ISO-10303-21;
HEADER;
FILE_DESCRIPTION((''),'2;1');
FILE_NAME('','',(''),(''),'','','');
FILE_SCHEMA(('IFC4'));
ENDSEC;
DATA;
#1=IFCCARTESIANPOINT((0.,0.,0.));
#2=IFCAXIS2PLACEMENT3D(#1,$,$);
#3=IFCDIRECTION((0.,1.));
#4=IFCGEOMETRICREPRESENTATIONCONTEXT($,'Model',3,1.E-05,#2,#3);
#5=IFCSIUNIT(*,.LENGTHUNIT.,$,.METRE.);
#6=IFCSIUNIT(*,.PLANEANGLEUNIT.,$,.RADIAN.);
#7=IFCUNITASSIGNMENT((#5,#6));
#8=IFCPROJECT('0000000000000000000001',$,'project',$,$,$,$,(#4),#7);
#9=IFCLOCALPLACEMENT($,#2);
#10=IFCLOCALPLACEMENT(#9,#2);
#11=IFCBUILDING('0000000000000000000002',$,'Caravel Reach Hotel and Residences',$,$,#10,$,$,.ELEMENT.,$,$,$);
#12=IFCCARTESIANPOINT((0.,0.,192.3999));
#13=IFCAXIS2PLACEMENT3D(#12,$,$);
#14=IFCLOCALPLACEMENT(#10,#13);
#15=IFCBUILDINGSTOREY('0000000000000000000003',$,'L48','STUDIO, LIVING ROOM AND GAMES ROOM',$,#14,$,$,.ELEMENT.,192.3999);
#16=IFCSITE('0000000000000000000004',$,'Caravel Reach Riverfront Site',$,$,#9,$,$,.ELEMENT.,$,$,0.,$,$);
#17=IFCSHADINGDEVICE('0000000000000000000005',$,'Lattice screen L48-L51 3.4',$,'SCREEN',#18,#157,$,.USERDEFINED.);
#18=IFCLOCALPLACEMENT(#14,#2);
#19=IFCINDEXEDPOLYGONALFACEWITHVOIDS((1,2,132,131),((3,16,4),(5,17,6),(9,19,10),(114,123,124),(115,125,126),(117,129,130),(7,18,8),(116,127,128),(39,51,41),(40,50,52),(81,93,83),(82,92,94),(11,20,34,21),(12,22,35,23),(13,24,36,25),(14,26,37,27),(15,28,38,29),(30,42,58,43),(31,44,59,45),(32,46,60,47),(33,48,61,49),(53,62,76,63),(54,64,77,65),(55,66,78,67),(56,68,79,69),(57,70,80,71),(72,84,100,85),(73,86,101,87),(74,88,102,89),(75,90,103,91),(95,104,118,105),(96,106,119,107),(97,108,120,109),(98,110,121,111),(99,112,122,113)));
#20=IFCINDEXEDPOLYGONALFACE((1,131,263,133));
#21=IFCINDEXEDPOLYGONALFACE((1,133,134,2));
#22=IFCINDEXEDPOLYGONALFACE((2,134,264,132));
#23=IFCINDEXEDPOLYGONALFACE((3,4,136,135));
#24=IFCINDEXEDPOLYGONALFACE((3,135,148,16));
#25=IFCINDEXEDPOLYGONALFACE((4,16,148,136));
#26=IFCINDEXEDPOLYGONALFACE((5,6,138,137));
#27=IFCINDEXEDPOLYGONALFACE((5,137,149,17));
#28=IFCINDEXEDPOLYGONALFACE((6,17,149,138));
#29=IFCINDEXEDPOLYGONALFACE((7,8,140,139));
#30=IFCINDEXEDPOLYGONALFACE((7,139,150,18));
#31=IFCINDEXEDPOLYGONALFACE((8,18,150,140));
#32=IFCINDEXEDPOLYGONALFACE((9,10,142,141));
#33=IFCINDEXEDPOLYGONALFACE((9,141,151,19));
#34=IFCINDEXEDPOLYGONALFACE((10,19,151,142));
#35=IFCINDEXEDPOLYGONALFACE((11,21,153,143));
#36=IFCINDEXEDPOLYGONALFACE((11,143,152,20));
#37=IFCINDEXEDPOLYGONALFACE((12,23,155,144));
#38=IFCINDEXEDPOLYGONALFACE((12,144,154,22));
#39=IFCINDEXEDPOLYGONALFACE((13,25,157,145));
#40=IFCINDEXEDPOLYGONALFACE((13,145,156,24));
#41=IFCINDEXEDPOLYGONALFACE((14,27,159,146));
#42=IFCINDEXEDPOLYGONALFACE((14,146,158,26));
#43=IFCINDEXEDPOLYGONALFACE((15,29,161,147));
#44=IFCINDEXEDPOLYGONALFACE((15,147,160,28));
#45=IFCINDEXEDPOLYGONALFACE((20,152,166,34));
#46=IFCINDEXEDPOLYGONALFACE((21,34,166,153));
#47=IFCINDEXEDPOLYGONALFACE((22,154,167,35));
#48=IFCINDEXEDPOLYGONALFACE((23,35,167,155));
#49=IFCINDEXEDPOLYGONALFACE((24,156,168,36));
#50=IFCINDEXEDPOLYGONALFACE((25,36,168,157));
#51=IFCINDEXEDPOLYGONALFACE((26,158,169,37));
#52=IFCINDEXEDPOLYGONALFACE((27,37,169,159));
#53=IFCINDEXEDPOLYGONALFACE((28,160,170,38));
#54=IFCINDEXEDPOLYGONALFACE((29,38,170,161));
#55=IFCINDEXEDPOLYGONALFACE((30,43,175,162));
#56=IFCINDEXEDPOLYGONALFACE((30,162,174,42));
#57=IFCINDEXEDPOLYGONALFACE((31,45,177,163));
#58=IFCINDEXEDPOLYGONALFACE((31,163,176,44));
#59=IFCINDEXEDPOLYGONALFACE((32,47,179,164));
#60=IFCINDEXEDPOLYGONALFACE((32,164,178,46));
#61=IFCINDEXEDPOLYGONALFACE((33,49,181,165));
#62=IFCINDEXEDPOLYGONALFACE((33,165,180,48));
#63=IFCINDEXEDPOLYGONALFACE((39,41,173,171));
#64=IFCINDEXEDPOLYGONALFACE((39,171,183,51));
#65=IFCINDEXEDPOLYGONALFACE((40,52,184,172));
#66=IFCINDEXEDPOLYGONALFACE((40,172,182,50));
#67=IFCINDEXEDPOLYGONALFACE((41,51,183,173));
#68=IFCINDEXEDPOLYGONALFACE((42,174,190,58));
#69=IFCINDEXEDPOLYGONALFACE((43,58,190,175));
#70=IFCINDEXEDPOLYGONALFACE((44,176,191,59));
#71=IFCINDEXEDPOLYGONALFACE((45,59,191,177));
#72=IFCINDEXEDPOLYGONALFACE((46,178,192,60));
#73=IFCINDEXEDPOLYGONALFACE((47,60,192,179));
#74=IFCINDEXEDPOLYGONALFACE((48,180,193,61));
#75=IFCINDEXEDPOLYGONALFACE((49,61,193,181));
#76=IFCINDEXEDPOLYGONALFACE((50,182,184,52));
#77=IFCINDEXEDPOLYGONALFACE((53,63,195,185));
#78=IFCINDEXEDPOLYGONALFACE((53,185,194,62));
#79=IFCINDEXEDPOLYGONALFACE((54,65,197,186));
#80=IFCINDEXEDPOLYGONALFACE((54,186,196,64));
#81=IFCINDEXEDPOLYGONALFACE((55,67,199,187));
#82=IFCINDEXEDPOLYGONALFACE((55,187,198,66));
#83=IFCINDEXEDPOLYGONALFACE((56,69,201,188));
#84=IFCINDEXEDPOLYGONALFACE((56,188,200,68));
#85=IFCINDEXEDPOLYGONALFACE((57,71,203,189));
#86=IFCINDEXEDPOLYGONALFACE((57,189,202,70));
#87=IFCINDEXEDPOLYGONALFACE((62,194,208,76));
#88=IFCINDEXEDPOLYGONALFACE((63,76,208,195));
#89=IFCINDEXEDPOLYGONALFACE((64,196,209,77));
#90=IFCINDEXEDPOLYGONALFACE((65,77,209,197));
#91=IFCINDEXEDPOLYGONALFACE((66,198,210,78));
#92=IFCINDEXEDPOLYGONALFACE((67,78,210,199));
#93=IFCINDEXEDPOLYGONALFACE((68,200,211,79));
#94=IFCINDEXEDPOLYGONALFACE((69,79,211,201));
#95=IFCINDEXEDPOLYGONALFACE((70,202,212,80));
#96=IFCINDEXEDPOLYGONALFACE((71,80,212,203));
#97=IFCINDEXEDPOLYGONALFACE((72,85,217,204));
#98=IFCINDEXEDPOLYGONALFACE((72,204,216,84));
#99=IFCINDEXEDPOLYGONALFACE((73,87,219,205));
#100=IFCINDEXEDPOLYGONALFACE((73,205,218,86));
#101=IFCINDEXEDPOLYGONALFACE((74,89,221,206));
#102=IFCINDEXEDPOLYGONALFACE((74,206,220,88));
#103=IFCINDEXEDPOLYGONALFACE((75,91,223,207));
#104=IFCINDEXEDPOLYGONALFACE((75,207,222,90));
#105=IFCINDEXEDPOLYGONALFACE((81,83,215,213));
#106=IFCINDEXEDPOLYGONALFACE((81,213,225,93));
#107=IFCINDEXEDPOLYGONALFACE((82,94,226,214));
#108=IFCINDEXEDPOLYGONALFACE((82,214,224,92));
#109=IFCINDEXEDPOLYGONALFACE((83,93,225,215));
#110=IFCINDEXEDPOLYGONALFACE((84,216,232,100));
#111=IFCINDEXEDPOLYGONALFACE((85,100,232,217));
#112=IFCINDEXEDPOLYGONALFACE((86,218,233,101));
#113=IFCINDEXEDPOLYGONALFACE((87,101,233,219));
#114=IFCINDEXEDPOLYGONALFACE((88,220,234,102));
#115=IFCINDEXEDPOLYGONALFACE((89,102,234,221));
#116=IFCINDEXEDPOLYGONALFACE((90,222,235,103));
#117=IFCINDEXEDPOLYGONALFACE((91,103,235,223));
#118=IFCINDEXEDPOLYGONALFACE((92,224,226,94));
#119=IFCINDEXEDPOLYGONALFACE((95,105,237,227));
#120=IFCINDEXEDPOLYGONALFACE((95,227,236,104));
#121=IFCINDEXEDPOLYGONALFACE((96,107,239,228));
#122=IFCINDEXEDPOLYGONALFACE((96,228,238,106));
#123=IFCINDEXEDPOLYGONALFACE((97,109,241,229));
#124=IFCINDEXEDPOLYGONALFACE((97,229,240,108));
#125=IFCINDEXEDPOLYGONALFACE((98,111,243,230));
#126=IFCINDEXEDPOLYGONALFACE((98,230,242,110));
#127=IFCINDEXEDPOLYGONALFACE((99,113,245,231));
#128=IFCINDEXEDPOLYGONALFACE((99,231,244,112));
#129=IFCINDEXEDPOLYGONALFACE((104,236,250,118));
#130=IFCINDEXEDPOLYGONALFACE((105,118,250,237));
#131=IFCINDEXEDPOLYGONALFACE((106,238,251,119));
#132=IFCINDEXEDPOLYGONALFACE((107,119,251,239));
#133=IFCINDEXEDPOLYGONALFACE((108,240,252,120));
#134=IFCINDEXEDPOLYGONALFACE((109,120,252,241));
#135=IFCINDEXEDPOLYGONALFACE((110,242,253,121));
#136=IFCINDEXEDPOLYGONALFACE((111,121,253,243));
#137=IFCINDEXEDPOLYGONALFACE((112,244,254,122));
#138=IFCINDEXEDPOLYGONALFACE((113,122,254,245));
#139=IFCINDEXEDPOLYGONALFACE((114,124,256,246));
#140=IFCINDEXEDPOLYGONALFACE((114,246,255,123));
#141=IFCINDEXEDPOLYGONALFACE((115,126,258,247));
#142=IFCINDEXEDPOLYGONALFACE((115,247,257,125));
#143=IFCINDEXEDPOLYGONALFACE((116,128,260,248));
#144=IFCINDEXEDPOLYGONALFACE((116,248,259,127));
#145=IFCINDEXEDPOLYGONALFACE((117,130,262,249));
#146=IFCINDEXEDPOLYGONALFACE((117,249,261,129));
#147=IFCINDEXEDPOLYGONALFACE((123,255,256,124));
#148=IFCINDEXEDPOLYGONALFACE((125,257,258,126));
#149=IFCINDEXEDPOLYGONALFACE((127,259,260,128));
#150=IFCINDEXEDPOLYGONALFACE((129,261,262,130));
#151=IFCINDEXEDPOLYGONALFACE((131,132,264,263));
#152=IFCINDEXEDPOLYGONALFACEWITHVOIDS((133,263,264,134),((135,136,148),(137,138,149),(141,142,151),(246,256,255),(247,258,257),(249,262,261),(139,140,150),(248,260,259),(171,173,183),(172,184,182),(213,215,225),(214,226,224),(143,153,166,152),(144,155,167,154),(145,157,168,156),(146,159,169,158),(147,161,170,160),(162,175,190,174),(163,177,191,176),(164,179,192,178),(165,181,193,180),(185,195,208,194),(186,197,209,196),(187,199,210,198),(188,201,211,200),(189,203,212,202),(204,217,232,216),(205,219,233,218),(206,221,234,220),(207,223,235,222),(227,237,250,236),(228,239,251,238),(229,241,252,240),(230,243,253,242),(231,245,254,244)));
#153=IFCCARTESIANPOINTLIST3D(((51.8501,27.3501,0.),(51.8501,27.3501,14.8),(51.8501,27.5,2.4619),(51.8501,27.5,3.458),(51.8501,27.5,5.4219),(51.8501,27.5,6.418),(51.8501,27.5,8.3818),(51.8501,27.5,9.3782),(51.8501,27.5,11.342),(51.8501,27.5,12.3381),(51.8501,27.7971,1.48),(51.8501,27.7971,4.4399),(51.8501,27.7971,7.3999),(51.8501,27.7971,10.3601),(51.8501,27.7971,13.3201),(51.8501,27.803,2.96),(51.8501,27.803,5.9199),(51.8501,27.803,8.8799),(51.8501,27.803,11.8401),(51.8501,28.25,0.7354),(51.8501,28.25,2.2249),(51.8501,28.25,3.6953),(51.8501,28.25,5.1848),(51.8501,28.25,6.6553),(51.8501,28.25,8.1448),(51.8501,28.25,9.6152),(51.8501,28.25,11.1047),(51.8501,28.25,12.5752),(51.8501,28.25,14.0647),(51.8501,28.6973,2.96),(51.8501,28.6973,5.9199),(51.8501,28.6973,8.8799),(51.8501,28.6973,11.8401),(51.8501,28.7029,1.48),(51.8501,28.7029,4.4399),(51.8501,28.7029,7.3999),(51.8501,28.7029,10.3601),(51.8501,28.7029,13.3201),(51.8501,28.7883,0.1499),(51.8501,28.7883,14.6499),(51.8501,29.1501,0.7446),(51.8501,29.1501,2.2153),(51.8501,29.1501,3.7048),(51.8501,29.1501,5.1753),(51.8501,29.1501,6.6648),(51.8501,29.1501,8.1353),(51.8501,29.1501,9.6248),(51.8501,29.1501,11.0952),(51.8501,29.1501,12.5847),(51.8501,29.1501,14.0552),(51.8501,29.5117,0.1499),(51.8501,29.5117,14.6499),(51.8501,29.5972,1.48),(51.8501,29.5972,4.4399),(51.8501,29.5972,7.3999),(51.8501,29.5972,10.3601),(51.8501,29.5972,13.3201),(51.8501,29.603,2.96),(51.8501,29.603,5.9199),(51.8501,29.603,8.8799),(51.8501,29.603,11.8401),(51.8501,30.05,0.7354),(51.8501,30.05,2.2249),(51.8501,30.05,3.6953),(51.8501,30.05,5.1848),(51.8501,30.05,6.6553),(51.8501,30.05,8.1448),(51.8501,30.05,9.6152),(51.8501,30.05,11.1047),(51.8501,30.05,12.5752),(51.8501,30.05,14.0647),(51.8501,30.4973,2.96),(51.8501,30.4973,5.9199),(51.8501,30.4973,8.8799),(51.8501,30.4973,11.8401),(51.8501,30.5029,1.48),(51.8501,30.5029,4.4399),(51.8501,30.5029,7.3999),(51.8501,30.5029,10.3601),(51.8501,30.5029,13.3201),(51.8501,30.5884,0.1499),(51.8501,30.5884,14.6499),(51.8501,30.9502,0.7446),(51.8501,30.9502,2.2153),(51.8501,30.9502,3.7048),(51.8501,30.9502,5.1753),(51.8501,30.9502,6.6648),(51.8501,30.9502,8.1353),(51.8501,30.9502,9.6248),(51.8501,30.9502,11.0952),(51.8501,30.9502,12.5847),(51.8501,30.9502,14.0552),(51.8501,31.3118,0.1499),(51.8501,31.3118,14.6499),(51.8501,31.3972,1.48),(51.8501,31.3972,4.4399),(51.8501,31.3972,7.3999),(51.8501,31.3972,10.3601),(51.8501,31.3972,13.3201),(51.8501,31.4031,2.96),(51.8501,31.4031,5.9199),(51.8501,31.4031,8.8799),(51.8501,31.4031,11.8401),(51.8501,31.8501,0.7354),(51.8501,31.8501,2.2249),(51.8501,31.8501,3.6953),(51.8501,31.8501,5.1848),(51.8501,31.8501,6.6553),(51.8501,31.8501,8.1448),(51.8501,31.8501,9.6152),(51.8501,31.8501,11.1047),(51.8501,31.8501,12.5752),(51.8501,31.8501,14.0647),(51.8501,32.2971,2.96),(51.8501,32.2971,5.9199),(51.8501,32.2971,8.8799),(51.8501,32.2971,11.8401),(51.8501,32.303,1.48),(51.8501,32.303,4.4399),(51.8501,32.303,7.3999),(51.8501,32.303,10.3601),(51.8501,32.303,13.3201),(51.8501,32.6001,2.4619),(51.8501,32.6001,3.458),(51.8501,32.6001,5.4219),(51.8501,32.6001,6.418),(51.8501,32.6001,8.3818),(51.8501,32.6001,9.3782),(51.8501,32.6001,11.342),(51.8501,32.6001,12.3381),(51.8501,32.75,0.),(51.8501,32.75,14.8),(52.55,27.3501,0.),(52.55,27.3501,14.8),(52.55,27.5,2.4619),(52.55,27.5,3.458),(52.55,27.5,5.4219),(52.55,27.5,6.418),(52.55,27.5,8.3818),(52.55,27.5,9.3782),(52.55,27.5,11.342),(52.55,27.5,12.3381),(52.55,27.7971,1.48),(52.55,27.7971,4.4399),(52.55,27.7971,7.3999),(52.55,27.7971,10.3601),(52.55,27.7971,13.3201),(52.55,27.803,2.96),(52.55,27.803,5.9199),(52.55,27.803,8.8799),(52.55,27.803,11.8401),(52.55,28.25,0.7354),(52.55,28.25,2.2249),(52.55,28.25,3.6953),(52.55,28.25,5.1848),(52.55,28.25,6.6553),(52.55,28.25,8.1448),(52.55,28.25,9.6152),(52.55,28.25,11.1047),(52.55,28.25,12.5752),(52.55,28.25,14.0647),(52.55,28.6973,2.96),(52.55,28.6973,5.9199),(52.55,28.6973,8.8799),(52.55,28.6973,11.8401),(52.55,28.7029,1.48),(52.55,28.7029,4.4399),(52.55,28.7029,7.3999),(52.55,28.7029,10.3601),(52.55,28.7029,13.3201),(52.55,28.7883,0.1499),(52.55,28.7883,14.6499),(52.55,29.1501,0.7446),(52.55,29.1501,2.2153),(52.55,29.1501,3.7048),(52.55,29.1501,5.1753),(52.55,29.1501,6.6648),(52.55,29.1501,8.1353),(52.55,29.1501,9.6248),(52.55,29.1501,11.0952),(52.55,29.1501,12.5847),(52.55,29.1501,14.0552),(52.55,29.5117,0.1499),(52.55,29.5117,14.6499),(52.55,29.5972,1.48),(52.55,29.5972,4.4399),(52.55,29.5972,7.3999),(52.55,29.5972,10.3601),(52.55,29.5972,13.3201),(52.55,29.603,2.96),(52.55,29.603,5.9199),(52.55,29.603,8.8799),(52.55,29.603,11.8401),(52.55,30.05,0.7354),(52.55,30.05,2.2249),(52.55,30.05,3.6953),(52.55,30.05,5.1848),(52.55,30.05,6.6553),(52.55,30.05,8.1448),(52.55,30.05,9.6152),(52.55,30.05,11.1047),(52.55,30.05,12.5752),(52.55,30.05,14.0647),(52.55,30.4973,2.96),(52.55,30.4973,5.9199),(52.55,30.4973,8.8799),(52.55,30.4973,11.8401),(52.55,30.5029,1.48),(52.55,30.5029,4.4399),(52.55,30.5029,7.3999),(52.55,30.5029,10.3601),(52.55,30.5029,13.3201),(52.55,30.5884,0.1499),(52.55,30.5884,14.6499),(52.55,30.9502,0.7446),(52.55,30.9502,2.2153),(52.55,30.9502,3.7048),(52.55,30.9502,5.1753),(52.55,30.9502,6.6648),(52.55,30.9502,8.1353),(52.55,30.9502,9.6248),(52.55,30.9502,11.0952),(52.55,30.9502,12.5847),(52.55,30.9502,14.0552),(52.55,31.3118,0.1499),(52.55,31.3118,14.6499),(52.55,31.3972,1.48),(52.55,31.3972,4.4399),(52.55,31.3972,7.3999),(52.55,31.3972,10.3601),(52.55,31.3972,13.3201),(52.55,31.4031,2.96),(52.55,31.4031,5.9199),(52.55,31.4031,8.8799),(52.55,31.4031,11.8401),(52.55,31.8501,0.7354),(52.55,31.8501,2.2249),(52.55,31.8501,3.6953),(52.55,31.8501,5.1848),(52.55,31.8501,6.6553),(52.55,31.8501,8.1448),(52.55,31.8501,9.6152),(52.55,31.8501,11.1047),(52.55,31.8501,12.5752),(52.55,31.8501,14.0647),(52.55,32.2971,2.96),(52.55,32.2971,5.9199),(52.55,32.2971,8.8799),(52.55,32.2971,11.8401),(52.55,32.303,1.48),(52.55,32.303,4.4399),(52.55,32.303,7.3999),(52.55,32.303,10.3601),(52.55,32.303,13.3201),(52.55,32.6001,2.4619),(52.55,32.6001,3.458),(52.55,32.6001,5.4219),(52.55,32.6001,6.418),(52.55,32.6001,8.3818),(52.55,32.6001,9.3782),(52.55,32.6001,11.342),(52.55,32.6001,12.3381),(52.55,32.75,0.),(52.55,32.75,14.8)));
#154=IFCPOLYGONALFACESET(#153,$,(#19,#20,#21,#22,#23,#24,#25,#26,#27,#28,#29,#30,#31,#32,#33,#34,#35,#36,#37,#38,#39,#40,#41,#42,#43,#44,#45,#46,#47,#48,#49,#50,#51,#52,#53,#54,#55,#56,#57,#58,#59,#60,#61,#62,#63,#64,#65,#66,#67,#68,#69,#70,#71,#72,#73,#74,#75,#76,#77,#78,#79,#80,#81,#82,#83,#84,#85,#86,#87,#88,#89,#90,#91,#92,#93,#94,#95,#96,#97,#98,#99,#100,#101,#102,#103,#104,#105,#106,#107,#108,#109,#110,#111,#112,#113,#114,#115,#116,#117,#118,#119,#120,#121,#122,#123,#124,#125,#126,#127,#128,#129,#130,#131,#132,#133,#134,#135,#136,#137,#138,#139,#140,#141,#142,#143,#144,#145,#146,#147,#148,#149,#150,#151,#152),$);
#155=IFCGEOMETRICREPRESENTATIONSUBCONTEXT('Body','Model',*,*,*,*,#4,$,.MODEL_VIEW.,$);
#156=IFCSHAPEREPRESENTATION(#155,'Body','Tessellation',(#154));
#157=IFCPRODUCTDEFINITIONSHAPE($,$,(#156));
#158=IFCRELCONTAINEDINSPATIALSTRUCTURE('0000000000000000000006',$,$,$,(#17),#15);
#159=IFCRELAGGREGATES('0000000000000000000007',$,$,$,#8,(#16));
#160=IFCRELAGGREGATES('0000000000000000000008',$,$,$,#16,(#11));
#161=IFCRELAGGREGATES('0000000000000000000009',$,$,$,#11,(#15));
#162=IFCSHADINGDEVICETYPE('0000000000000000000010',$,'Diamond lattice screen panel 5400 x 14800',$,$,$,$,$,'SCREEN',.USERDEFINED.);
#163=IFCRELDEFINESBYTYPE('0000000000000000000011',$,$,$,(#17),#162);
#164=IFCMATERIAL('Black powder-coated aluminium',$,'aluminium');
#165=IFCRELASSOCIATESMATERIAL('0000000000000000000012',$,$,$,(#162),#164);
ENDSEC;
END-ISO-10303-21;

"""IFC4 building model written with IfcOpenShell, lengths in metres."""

from ifc_helpers import new_model, si_unit, direction, frame, origin, place, context, subcontext, project, spatial, polyline, outline, extrude, material, type_object, element, save


model = new_model("IFC4")

# Units and contexts
model_context = context("Model", 3, precision=1e-05, world=origin(), true_north=direction((0.0, 1.0)))
body_context = subcontext(model_context, "Body", "Model", "MODEL_VIEW")
ifc_project = project(units=[si_unit("LENGTHUNIT", "METRE"), si_unit("PLANEANGLEUNIT", "RADIAN")], contexts=[model_context])

# Site, building, storey
site_placement = place(None, origin())
site = spatial("IfcSite", under=ifc_project, at=site_placement, Name="Caravel Reach Riverfront Site", CompositionType="ELEMENT", RefElevation=0.0)
building_placement = place(site_placement, origin())
building = spatial("IfcBuilding", under=site, at=building_placement, Name="Caravel Reach Hotel and Residences", CompositionType="ELEMENT")
storey_placement = place(building_placement, frame((0.0, 0.0, 192.3999)))
storey = spatial("IfcBuildingStorey", under=building, at=storey_placement, Name="L48", Description="STUDIO, LIVING ROOM AND GAMES ROOM", CompositionType="ELEMENT", Elevation=192.3999)

# Shading device
ifc_material_1 = material(Name="Black powder-coated aluminium", Category="aluminium")
shading_device_type = type_object("IfcShadingDeviceType", Name="Diamond lattice screen panel 5400 x 14800", ElementType="SCREEN", PredefinedType="USERDEFINED", material=ifc_material_1)
shading_device_1_placement = place(storey_placement, frame((51.8501, 27.3501, 0.0), z_axis=(1.0, 0.0, 0.0), x_axis=(0.0, 1.0, 0.0)))
element("IfcShadingDevice", 1, at=shading_device_1_placement, inside=storey, type_object=shading_device_type, Name="Lattice screen L48-L51 3.4", ObjectType="SCREEN", PredefinedType="USERDEFINED", context=body_context, shape_type="SweptSolid", body=[
    extrude(outline(polyline([(0.0, 0.0), (5.3999, 0.0), (5.3999, 14.8), (0.0, 14.8), (0.0, 0.0)]), holes=[polyline([(0.4529, 2.96), (0.1499, 3.458), (0.1499, 2.4619), (0.4529, 2.96)]), polyline([(0.4529, 5.9199), (0.1499, 6.418), (0.1499, 5.4219), (0.4529, 5.9199)]), polyline([(0.4529, 8.8799), (0.1499, 9.3782), (0.1499, 8.3818), (0.4529, 8.8799)]), polyline([(0.4529, 11.8401), (0.1499, 12.3381), (0.1499, 11.342), (0.4529, 11.8401)]), polyline([(0.8999, 2.2249), (0.447, 1.48), (0.8999, 0.7354), (1.3528, 1.48), (0.8999, 2.2249)]), polyline([(0.8999, 5.1848), (0.447, 4.4399), (0.8999, 3.6953), (1.3528, 4.4399), (0.8999, 5.1848)]), polyline([(0.8999, 8.1448), (0.447, 7.3999), (0.8999, 6.6553), (1.3528, 7.3999), (0.8999, 8.1448)]), polyline([(0.8999, 11.1047), (0.447, 10.3601), (0.8999, 9.6152), (1.3528, 10.3601), (0.8999, 11.1047)]), polyline([(0.8999, 14.0647), (0.447, 13.3201), (0.8999, 12.5752), (1.3528, 13.3201), (0.8999, 14.0647)]), polyline([(1.8, 0.7446), (1.4382, 0.1499), (2.1616, 0.1499), (1.8, 0.7446)]), polyline([(1.8, 3.7048), (1.3472, 2.96), (1.8, 2.2153), (2.2529, 2.96), (1.8, 3.7048)]), polyline([(1.8, 6.6648), (1.3472, 5.9199), (1.8, 5.1753), (2.2529, 5.9199), (1.8, 6.6648)]), polyline([(1.8, 9.6248), (1.3472, 8.8799), (1.8, 8.1353), (2.2529, 8.8799), (1.8, 9.6248)]), polyline([(1.8, 12.5847), (1.3472, 11.8401), (1.8, 11.0952), (2.2529, 11.8401), (1.8, 12.5847)]), polyline([(1.8, 14.0552), (2.1616, 14.6499), (1.4382, 14.6499), (1.8, 14.0552)]), polyline([(2.7, 2.2249), (2.2471, 1.48), (2.7, 0.7354), (3.1528, 1.48), (2.7, 2.2249)]), polyline([(2.7, 5.1848), (2.2471, 4.4399), (2.7, 3.6953), (3.1528, 4.4399), (2.7, 5.1848)]), polyline([(2.7, 8.1448), (2.2471, 7.3999), (2.7, 6.6553), (3.1528, 7.3999), (2.7, 8.1448)]), polyline([(2.7, 11.1047), (2.2471, 10.3601), (2.7, 9.6152), (3.1528, 10.3601), (2.7, 11.1047)]), polyline([(2.7, 14.0647), (2.2471, 13.3201), (2.7, 12.5752), (3.1528, 13.3201), (2.7, 14.0647)]), polyline([(3.6001, 0.7446), (3.2383, 0.1499), (3.9617, 0.1499), (3.6001, 0.7446)]), polyline([(3.6001, 3.7048), (3.1472, 2.96), (3.6001, 2.2153), (4.053, 2.96), (3.6001, 3.7048)]), polyline([(3.6001, 6.6648), (3.1472, 5.9199), (3.6001, 5.1753), (4.053, 5.9199), (3.6001, 6.6648)]), polyline([(3.6001, 9.6248), (3.1472, 8.8799), (3.6001, 8.1353), (4.053, 8.8799), (3.6001, 9.6248)]), polyline([(3.6001, 12.5847), (3.1472, 11.8401), (3.6001, 11.0952), (4.053, 11.8401), (3.6001, 12.5847)]), polyline([(3.6001, 14.0552), (3.9617, 14.6499), (3.2383, 14.6499), (3.6001, 14.0552)]), polyline([(4.5, 2.2249), (4.0471, 1.48), (4.5, 0.7354), (4.9529, 1.48), (4.5, 2.2249)]), polyline([(4.5, 5.1848), (4.0471, 4.4399), (4.5, 3.6953), (4.9529, 4.4399), (4.5, 5.1848)]), polyline([(4.5, 8.1448), (4.0471, 7.3999), (4.5, 6.6553), (4.9529, 7.3999), (4.5, 8.1448)]), polyline([(4.5, 11.1047), (4.0471, 10.3601), (4.5, 9.6152), (4.9529, 10.3601), (4.5, 11.1047)]), polyline([(4.5, 14.0647), (4.0471, 13.3201), (4.5, 12.5752), (4.9529, 13.3201), (4.5, 14.0647)]), polyline([(4.947, 2.96), (5.25, 2.4619), (5.25, 3.458), (4.947, 2.96)]), polyline([(4.947, 5.9199), (5.25, 5.4219), (5.25, 6.418), (4.947, 5.9199)]), polyline([(4.947, 8.8799), (5.25, 8.3818), (5.25, 9.3782), (4.947, 8.8799)]), polyline([(4.947, 11.8401), (5.25, 11.342), (5.25, 12.3381), (4.947, 11.8401)])]), origin(), (0.0, 0.0, 1.0), 0.7),
])

save(model, "model.ifc")
